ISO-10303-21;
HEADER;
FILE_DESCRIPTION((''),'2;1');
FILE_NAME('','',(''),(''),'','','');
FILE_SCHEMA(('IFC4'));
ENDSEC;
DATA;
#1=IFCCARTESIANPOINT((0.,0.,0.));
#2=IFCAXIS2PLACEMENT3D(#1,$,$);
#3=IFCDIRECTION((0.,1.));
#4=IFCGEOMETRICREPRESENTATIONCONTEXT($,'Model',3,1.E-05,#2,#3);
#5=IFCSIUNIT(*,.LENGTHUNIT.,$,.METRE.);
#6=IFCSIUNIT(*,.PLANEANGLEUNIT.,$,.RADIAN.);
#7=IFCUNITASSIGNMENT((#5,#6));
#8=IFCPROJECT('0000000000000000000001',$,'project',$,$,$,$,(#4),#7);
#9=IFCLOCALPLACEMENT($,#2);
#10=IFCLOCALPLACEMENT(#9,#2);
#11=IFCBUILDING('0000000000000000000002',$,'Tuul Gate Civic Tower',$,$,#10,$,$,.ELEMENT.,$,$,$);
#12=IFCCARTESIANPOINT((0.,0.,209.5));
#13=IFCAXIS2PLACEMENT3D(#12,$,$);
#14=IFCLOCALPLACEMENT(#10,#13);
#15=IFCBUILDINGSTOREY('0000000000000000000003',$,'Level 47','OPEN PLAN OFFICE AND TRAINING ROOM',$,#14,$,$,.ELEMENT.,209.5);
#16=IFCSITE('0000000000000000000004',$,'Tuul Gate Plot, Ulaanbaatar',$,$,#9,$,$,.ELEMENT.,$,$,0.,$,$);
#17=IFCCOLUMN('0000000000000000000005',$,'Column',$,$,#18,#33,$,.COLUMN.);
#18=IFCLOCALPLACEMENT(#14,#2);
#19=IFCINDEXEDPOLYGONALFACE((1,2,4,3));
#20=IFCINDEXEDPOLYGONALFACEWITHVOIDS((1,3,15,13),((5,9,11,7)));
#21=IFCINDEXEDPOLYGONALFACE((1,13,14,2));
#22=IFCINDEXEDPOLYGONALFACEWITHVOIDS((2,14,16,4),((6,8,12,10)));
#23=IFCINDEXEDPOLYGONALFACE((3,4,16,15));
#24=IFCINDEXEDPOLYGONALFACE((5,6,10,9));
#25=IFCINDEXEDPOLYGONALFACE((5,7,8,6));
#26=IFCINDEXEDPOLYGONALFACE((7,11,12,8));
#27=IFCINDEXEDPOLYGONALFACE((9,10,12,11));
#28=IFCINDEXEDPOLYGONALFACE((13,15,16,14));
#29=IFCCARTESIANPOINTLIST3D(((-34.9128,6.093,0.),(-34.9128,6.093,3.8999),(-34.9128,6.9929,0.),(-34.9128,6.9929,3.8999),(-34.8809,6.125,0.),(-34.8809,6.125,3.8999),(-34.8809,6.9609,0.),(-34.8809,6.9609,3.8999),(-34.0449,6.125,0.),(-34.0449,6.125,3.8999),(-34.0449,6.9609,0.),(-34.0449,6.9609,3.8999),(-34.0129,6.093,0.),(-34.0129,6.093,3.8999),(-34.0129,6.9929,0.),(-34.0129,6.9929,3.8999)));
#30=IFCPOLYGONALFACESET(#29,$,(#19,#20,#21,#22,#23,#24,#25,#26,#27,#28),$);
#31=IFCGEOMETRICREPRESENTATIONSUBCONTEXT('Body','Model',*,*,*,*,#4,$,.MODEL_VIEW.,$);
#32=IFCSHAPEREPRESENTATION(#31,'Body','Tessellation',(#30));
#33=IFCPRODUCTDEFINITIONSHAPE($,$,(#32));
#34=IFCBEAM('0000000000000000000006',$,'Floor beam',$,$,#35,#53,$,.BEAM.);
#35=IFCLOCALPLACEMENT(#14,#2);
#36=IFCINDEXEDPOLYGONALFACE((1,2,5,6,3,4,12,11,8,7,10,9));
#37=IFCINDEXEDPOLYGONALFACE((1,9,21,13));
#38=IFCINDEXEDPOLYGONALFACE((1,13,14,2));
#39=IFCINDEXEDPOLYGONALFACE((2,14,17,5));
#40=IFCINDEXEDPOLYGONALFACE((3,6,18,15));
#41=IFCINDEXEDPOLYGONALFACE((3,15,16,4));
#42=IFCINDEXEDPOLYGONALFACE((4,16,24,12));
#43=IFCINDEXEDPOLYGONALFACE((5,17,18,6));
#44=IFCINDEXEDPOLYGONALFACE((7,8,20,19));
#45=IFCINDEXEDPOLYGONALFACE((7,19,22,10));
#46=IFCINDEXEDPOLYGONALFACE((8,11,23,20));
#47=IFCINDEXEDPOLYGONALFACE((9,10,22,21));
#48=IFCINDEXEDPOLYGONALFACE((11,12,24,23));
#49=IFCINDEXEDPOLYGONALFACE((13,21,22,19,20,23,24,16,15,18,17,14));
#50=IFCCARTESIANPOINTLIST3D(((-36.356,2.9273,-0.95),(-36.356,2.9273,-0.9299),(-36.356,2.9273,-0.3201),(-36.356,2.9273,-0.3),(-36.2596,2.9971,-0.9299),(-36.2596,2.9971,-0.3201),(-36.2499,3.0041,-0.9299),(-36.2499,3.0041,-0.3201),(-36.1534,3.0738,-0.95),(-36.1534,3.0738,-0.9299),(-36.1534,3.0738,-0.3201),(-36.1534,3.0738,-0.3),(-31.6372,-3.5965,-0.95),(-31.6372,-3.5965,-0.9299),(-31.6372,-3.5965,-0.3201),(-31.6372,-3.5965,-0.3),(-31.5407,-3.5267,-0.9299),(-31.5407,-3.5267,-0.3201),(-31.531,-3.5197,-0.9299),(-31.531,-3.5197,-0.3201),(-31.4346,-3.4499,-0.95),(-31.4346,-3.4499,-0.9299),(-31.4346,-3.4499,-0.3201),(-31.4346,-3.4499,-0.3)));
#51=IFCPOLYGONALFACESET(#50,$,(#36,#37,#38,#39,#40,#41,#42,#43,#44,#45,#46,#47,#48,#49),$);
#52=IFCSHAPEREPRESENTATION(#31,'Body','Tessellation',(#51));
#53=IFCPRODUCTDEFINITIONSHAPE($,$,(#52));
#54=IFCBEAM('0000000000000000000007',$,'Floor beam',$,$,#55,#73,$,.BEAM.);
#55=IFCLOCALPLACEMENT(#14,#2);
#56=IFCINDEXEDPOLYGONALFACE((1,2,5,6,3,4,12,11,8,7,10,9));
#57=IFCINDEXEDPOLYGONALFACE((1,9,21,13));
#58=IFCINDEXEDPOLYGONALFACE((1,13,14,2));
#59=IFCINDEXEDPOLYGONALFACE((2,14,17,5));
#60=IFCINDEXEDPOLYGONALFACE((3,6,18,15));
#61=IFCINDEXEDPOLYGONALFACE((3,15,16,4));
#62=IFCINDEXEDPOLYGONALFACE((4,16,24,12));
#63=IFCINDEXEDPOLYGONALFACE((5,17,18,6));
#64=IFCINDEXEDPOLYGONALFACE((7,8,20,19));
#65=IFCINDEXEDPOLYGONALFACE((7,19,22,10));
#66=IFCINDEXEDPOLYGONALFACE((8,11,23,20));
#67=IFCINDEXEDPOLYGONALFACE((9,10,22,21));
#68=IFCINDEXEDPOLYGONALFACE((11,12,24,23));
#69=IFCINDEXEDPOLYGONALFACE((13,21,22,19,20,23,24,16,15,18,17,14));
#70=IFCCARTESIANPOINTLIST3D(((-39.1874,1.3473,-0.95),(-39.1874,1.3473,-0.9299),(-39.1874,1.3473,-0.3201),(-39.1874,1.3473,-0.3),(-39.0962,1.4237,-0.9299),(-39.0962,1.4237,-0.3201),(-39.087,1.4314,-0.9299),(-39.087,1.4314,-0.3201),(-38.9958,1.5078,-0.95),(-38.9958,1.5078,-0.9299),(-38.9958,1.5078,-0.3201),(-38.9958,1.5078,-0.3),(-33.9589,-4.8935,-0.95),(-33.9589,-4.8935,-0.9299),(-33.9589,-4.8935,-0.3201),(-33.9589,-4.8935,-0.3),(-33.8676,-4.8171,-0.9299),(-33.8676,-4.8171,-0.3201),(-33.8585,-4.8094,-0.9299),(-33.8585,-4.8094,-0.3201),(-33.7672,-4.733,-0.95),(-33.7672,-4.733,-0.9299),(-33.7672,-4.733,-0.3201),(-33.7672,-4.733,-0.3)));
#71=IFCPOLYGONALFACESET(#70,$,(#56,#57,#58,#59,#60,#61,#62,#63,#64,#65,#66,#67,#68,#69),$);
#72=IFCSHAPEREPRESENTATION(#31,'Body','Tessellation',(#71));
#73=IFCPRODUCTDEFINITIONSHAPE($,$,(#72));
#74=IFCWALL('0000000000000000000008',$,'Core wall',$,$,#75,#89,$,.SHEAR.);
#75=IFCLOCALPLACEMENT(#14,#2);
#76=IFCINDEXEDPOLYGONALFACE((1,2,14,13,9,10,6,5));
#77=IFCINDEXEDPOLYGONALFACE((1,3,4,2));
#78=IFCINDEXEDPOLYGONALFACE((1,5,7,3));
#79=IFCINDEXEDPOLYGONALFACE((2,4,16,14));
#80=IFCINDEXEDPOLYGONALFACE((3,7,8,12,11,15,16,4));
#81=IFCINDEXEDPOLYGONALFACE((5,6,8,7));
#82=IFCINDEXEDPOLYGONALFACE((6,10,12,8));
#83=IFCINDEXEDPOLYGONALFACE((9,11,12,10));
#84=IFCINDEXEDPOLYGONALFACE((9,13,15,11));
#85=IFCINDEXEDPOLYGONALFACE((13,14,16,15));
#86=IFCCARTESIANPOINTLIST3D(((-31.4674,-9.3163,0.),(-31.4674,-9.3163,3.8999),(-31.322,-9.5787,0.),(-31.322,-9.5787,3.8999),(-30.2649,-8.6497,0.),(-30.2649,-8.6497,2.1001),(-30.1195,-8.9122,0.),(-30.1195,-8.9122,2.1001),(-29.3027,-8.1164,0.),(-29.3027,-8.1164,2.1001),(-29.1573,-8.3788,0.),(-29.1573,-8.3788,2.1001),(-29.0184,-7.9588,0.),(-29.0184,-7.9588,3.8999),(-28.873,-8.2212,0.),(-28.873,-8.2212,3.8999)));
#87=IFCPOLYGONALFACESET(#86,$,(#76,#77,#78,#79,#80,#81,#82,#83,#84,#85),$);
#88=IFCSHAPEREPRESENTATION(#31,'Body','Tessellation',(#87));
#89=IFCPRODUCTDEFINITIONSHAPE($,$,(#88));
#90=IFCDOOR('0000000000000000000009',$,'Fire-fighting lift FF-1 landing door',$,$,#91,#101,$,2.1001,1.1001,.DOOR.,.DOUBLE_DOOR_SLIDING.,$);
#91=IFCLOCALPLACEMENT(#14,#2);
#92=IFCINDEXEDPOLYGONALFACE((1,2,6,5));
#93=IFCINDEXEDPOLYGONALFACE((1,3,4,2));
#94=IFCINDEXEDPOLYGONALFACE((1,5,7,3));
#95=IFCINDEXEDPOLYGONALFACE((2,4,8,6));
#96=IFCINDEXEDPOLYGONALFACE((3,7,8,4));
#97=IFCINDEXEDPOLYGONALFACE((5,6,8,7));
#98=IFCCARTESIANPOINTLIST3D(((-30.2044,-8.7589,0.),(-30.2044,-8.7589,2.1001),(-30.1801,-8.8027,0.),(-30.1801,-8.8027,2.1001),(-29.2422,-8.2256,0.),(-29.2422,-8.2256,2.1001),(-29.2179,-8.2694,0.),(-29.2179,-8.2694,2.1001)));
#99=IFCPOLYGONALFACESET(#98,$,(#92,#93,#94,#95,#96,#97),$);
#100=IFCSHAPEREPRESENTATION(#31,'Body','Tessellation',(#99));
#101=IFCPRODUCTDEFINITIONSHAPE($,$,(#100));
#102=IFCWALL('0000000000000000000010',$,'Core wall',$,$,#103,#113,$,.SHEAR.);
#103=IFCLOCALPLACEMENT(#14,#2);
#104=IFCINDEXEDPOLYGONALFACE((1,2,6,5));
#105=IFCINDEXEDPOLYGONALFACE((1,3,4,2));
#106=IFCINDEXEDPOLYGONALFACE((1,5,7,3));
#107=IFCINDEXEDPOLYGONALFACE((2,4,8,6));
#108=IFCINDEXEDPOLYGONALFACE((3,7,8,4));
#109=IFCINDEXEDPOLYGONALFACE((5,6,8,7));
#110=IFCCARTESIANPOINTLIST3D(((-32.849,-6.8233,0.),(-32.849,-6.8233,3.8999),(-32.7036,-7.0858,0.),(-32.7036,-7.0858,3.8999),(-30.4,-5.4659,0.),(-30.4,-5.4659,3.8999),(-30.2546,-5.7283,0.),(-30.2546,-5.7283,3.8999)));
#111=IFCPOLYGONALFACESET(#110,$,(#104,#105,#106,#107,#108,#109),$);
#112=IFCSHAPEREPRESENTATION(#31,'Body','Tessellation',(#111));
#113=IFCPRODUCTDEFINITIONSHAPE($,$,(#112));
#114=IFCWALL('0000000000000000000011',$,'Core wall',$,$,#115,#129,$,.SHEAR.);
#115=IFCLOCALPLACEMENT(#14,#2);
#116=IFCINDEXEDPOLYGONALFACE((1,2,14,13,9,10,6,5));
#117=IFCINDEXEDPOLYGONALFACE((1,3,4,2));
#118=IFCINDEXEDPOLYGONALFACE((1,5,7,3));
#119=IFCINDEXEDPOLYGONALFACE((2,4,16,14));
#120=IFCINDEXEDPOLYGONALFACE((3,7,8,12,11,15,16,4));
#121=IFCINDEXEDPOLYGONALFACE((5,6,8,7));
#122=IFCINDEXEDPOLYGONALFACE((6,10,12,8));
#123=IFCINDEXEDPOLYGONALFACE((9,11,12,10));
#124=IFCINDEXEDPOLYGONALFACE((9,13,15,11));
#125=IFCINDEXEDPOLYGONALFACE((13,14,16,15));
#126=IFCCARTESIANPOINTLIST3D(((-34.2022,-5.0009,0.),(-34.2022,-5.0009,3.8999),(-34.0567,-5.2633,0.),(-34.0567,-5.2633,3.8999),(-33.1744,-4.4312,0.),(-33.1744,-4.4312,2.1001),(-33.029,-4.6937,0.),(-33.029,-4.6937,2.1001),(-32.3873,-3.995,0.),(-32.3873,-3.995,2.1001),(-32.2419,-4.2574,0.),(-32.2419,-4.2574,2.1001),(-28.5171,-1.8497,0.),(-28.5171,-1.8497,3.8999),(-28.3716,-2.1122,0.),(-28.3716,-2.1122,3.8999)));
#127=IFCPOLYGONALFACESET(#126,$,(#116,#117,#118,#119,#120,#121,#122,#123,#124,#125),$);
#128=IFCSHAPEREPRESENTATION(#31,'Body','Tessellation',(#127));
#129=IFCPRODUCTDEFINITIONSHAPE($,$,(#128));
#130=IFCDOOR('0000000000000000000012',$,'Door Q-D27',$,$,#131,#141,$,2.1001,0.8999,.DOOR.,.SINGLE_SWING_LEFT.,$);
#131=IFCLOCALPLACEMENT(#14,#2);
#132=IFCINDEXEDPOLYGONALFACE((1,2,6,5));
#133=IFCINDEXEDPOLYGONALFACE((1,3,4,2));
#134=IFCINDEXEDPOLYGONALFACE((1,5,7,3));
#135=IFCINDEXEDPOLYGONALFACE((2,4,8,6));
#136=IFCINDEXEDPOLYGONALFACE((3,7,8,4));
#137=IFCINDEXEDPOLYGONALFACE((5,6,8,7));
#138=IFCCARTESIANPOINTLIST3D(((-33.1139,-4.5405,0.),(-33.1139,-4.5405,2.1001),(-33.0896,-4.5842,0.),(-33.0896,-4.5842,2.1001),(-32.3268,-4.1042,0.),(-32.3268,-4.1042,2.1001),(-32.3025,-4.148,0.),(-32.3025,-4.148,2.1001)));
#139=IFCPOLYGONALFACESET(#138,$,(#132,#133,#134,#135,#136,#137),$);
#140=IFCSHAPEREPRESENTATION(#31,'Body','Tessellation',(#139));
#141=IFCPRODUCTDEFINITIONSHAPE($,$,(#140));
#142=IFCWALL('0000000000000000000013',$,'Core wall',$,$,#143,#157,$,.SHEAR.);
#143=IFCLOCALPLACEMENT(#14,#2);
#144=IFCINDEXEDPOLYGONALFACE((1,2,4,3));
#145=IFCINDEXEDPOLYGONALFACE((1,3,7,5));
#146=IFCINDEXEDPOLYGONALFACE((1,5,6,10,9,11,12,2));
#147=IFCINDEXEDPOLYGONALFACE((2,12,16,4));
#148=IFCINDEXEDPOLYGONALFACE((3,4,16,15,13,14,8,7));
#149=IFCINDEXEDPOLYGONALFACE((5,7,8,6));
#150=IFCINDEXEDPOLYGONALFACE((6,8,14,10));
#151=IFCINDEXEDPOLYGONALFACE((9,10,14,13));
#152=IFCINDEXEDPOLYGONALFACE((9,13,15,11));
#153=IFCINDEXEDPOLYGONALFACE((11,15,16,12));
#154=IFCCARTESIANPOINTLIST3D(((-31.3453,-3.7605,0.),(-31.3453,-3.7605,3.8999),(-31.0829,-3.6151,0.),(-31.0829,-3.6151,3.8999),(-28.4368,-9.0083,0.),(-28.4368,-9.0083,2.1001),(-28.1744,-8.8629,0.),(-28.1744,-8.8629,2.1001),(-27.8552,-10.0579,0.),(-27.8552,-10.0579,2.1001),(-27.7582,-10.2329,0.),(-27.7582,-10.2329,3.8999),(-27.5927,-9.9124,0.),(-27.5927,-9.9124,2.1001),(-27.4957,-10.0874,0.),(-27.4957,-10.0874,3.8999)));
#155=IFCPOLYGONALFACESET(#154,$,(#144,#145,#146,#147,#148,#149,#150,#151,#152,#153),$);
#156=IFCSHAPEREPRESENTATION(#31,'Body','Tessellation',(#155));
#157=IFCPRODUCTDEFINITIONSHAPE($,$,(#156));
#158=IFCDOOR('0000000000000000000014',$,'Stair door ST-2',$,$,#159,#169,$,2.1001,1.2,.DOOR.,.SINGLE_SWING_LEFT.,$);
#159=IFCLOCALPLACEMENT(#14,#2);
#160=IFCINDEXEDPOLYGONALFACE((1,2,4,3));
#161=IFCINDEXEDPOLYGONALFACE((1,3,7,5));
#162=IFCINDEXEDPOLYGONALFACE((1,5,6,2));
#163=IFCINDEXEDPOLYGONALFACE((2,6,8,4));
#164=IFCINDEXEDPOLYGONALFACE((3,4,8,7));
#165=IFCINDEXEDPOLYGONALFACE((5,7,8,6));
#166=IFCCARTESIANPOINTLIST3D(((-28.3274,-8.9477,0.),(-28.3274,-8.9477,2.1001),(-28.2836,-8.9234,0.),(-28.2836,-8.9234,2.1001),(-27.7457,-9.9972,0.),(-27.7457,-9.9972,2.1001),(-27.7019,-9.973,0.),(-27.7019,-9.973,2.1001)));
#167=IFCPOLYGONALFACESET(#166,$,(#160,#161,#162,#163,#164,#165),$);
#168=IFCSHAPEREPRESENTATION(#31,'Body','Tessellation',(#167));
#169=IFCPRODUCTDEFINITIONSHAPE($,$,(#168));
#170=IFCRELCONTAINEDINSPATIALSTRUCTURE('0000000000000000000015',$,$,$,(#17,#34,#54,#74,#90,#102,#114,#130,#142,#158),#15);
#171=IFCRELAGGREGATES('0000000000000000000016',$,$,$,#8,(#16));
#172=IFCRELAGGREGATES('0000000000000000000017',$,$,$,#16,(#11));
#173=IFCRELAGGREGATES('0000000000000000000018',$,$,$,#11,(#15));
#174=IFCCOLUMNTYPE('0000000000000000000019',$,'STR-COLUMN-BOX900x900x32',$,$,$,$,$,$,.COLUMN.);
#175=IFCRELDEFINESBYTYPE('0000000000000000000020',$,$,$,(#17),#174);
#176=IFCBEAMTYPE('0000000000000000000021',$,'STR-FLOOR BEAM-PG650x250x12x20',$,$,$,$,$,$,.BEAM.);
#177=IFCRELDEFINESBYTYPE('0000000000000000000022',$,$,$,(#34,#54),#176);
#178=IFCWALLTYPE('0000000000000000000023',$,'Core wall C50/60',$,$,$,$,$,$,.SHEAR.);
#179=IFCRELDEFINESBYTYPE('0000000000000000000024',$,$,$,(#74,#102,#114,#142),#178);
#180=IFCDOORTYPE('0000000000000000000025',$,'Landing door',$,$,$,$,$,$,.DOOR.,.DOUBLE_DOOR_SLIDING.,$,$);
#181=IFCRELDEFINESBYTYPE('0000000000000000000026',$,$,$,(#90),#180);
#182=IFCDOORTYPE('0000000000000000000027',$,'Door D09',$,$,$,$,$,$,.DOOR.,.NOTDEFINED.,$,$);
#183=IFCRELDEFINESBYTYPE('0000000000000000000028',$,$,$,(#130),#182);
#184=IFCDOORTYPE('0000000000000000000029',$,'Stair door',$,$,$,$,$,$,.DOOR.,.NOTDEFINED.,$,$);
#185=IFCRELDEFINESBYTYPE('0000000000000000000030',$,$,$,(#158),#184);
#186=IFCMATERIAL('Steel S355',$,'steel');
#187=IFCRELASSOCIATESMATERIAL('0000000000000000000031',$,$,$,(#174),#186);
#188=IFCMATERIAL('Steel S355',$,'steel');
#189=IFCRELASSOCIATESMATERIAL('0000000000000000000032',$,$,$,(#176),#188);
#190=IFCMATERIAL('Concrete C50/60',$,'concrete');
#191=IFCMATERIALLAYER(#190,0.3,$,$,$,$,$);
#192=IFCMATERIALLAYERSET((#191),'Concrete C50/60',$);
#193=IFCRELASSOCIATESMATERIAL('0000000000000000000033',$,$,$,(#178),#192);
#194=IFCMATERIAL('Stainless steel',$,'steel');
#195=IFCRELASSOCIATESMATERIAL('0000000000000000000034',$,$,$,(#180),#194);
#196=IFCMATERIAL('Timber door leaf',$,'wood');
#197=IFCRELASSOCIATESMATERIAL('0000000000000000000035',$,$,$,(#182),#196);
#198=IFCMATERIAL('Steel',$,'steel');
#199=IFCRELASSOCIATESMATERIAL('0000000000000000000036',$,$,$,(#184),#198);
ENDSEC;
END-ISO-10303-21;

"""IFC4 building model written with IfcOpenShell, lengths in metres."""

from ifc_helpers import new_model, si_unit, direction, frame, frame_2d, origin, origin_2d, place, context, subcontext, project, spatial, rectangle, hollow_rectangle, i_section, extrude, material, layer, layer_set, material_profile, profile_set, type_object, element, fill, save


model = new_model("IFC4")

# Units and contexts
model_context = context("Model", 3, precision=1e-05, world=origin(), true_north=direction((0.0, 1.0)))
body_context = subcontext(model_context, "Body", "Model", "MODEL_VIEW")
ifc_project = project(units=[si_unit("LENGTHUNIT", "METRE"), si_unit("PLANEANGLEUNIT", "RADIAN")], contexts=[model_context])

# Site, building, storey
site_placement = place(None, origin())
site = spatial("IfcSite", under=ifc_project, at=site_placement, Name="Tuul Gate Plot, Ulaanbaatar", CompositionType="ELEMENT", RefElevation=0.0)
building_placement = place(site_placement, origin())
building = spatial("IfcBuilding", under=site, at=building_placement, Name="Tuul Gate Civic Tower", CompositionType="ELEMENT")
storey_placement = place(building_placement, frame((0.0, 0.0, 209.5)))
storey = spatial("IfcBuildingStorey", under=building, at=storey_placement, Name="Level 47", Description="OPEN PLAN OFFICE AND TRAINING ROOM", CompositionType="ELEMENT", Elevation=209.5)

# Column
ifc_material_1 = material(Name="Steel S355", Category="steel")
ifc_material_profile_1 = material_profile(ifc_material_1, hollow_rectangle(XDim=0.8999, YDim=0.8999, WallThickness=0.032, at=origin_2d()), Name="BOX900x900x32")
ifc_profile_set_1 = profile_set([ifc_material_profile_1], Name="Steel S355")
column_type = type_object("IfcColumnType", Name="STR-COLUMN-BOX900x900x32", PredefinedType="COLUMN", material=ifc_profile_set_1)
column_placement = place(storey_placement, frame((-34.4629, 6.543, 0.0), z_axis=(0.0, 0.0, 1.0), x_axis=(1.0, 0.0, 0.0)))
element("IfcColumn", 1, at=column_placement, inside=storey, type_object=column_type, Name="Column", PredefinedType="COLUMN", context=body_context, shape_type="SweptSolid", body=[
    extrude(hollow_rectangle(XDim=0.8999, YDim=0.8999, WallThickness=0.032, at=origin_2d()), origin(), (0.0, 0.0, 1.0), 3.8999),
])

# Beams
ifc_material_2 = material(Name="Steel S355", Category="steel")
ifc_material_profile_2 = material_profile(ifc_material_2, i_section(OverallWidth=0.25, OverallDepth=0.6499, WebThickness=0.012, FlangeThickness=0.02, at=origin_2d()), Name="PG650x250x12x20")
ifc_profile_set_2 = profile_set([ifc_material_profile_2], Name="Steel S355")
beam_type = type_object("IfcBeamType", Name="STR-FLOOR BEAM-PG650x250x12x20", PredefinedType="BEAM", material=ifc_profile_set_2)
beam_1_placement = place(storey_placement, frame((-31.5359, -3.5232, -0.625), z_axis=(-0.586078, 0.810254, 0.0), x_axis=(-0.810254, -0.586078, 0.0)))
element("IfcBeam", 2, at=beam_1_placement, inside=storey, type_object=beam_type, Name="Floor beam", PredefinedType="BEAM", context=body_context, shape_type="SweptSolid", body=[
    extrude(i_section(OverallWidth=0.25, OverallDepth=0.6499, WebThickness=0.012, FlangeThickness=0.02, at=origin_2d()), origin(), (0.0, 0.0, 1.0), 8.0515),
])
beam_2_placement = place(storey_placement, frame((-33.863, -4.8132, -0.625), z_axis=(-0.642206, 0.766532, 0.0), x_axis=(-0.766532, -0.642206, 0.0)))
element("IfcBeam", 3, at=beam_2_placement, inside=storey, type_object=beam_type, Name="Floor beam", PredefinedType="BEAM", context=body_context, shape_type="SweptSolid", body=[
    extrude(i_section(OverallWidth=0.25, OverallDepth=0.6499, WebThickness=0.012, FlangeThickness=0.02, at=origin_2d()), origin(), (0.0, 0.0, 1.0), 8.1416),
])

# Wall, opening, door
ifc_material_3 = material(Name="Concrete C50/60", Category="concrete")
ifc_layer_1 = layer(ifc_material_3, 0.3)
ifc_layer_set_1 = layer_set([ifc_layer_1], Name="Concrete C50/60")
wall_type_1 = type_object("IfcWallType", Name="Core wall C50/60", PredefinedType="SHEAR", material=ifc_layer_set_1)
wall_1_placement = place(storey_placement, frame((-28.9458, -8.0901, 0.0), z_axis=(0.0, 0.0, 1.0), x_axis=(-0.87463, -0.484791, 0.0)))
wall_1 = element("IfcWall", 4, at=wall_1_placement, inside=storey, type_object=wall_type_1, Name="Core wall", PredefinedType="SHEAR", context=body_context, shape_type="SweptSolid", body=[
    extrude(rectangle(XDim=2.8, YDim=0.3, at=frame_2d((1.3999, 0.0))), origin(), (0.0, 0.0, 1.0), 3.8999),
])
opening_1_placement = place(wall_1_placement, frame((0.325, 0.0, 0.0)))
opening_1 = element("IfcOpeningElement", 5, at=opening_1_placement, cuts=wall_1, PredefinedType="OPENING", context=body_context, shape_type="SweptSolid", body=[
    extrude(rectangle(XDim=1.1001, YDim=2.1001, at=frame_2d((0.55, 1.05))), frame((0.0, 0.1602, 0.0), z_axis=(0.0, -1.0, 0.0), x_axis=(1.0, 0.0, 0.0)), (0.0, 0.0, 1.0), 0.3201),
])
ifc_material_4 = material(Name="Stainless steel", Category="steel")
door_type_1 = type_object("IfcDoorType", Name="Landing door", OperationType="DOUBLE_DOOR_SLIDING", PredefinedType="DOOR", material=ifc_material_4)
door_1_placement = place(opening_1_placement, origin())
door_1 = element("IfcDoor", 6, at=door_1_placement, inside=storey, type_object=door_type_1, Name="Fire-fighting lift FF-1 landing door", OperationType="DOUBLE_DOOR_SLIDING", OverallHeight=2.1001, OverallWidth=1.1001, PredefinedType="DOOR", context=body_context, shape_type="SweptSolid", body=[
    extrude(rectangle(XDim=1.1001, YDim=2.1001, at=frame_2d((0.55, 1.05))), frame((0.0, 0.0249, 0.0), z_axis=(0.0, -1.0, 0.0), x_axis=(1.0, 0.0, 0.0)), (0.0, 0.0, 1.0), 0.05),
])
fill(opening_1, door_1)

# Wall
wall_2_placement = place(storey_placement, frame((-30.3274, -5.5972, 0.0), z_axis=(0.0, 0.0, 1.0), x_axis=(-0.87463, -0.484791, 0.0)))
element("IfcWall", 7, at=wall_2_placement, inside=storey, type_object=wall_type_1, Name="Core wall", PredefinedType="SHEAR", context=body_context, shape_type="SweptSolid", body=[
    extrude(rectangle(XDim=2.8, YDim=0.3, at=frame_2d((1.3999, 0.0))), origin(), (0.0, 0.0, 1.0), 3.8999),
])

# Walls, openings, doors
wall_3_placement = place(storey_placement, frame((-28.4443, -1.981, 0.0), z_axis=(0.0, 0.0, 1.0), x_axis=(-0.87463, -0.484791, 0.0)))
wall_3 = element("IfcWall", 8, at=wall_3_placement, inside=storey, type_object=wall_type_1, Name="Core wall", PredefinedType="SHEAR", context=body_context, shape_type="SweptSolid", body=[
    extrude(rectangle(XDim=6.5, YDim=0.3, at=frame_2d((3.25, 0.0))), origin(), (0.0, 0.0, 1.0), 3.8999),
])
opening_2_placement = place(wall_3_placement, frame((4.425, 0.0, 0.0)))
opening_2 = element("IfcOpeningElement", 9, at=opening_2_placement, cuts=wall_3, PredefinedType="OPENING", context=body_context, shape_type="SweptSolid", body=[
    extrude(rectangle(XDim=0.8999, YDim=2.1001, at=frame_2d((0.45, 1.05))), frame((0.0, 0.1602, 0.0), z_axis=(0.0, -1.0, 0.0), x_axis=(1.0, 0.0, 0.0)), (0.0, 0.0, 1.0), 0.3201),
])
ifc_material_5 = material(Name="Timber door leaf", Category="wood")
door_type_2 = type_object("IfcDoorType", Name="Door D09", OperationType="NOTDEFINED", PredefinedType="DOOR", material=ifc_material_5)
door_2_placement = place(opening_2_placement, origin())
door_2 = element("IfcDoor", 10, at=door_2_placement, inside=storey, type_object=door_type_2, Name="Door Q-D27", OperationType="SINGLE_SWING_LEFT", OverallHeight=2.1001, OverallWidth=0.8999, PredefinedType="DOOR", context=body_context, shape_type="SweptSolid", body=[
    extrude(rectangle(XDim=0.8999, YDim=2.1001, at=frame_2d((0.45, 1.05))), frame((0.0, 0.0249, 0.0), z_axis=(0.0, -1.0, 0.0), x_axis=(1.0, 0.0, 0.0)), (0.0, 0.0, 1.0), 0.05),
])
fill(opening_2, door_2)
wall_4_placement = place(storey_placement, frame((-27.627, -10.1602, 0.0), z_axis=(0.0, 0.0, 1.0), x_axis=(-0.484752, 0.874652, 0.0)))
wall_4 = element("IfcWall", 11, at=wall_4_placement, inside=storey, type_object=wall_type_1, Name="Core wall", PredefinedType="SHEAR", context=body_context, shape_type="SweptSolid", body=[
    extrude(rectangle(XDim=7.3999, YDim=0.3, at=frame_2d((3.7, 0.0))), origin(), (0.0, 0.0, 1.0), 3.8999),
])
opening_3_placement = place(wall_4_placement, frame((0.2, 0.0, 0.0)))
opening_3 = element("IfcOpeningElement", 12, at=opening_3_placement, cuts=wall_4, PredefinedType="OPENING", context=body_context, shape_type="SweptSolid", body=[
    extrude(rectangle(XDim=1.2, YDim=2.1001, at=frame_2d((0.6001, 1.05))), frame((0.0, 0.1602, 0.0), z_axis=(0.0, -1.0, 0.0), x_axis=(1.0, 0.0, 0.0)), (0.0, 0.0, 1.0), 0.3201),
])
ifc_material_6 = material(Name="Steel", Category="steel")
door_type_3 = type_object("IfcDoorType", Name="Stair door", OperationType="NOTDEFINED", PredefinedType="DOOR", material=ifc_material_6)
door_3_placement = place(opening_3_placement, origin())
door_3 = element("IfcDoor", 13, at=door_3_placement, inside=storey, type_object=door_type_3, Name="Stair door ST-2", OperationType="SINGLE_SWING_LEFT", OverallHeight=2.1001, OverallWidth=1.2, PredefinedType="DOOR", context=body_context, shape_type="SweptSolid", body=[
    extrude(rectangle(XDim=1.2, YDim=2.1001, at=frame_2d((0.6001, 1.05))), frame((0.0, 0.0249, 0.0), z_axis=(0.0, -1.0, 0.0), x_axis=(1.0, 0.0, 0.0)), (0.0, 0.0, 1.0), 0.05),
])
fill(opening_3, door_3)

save(model, "model.ifc")
